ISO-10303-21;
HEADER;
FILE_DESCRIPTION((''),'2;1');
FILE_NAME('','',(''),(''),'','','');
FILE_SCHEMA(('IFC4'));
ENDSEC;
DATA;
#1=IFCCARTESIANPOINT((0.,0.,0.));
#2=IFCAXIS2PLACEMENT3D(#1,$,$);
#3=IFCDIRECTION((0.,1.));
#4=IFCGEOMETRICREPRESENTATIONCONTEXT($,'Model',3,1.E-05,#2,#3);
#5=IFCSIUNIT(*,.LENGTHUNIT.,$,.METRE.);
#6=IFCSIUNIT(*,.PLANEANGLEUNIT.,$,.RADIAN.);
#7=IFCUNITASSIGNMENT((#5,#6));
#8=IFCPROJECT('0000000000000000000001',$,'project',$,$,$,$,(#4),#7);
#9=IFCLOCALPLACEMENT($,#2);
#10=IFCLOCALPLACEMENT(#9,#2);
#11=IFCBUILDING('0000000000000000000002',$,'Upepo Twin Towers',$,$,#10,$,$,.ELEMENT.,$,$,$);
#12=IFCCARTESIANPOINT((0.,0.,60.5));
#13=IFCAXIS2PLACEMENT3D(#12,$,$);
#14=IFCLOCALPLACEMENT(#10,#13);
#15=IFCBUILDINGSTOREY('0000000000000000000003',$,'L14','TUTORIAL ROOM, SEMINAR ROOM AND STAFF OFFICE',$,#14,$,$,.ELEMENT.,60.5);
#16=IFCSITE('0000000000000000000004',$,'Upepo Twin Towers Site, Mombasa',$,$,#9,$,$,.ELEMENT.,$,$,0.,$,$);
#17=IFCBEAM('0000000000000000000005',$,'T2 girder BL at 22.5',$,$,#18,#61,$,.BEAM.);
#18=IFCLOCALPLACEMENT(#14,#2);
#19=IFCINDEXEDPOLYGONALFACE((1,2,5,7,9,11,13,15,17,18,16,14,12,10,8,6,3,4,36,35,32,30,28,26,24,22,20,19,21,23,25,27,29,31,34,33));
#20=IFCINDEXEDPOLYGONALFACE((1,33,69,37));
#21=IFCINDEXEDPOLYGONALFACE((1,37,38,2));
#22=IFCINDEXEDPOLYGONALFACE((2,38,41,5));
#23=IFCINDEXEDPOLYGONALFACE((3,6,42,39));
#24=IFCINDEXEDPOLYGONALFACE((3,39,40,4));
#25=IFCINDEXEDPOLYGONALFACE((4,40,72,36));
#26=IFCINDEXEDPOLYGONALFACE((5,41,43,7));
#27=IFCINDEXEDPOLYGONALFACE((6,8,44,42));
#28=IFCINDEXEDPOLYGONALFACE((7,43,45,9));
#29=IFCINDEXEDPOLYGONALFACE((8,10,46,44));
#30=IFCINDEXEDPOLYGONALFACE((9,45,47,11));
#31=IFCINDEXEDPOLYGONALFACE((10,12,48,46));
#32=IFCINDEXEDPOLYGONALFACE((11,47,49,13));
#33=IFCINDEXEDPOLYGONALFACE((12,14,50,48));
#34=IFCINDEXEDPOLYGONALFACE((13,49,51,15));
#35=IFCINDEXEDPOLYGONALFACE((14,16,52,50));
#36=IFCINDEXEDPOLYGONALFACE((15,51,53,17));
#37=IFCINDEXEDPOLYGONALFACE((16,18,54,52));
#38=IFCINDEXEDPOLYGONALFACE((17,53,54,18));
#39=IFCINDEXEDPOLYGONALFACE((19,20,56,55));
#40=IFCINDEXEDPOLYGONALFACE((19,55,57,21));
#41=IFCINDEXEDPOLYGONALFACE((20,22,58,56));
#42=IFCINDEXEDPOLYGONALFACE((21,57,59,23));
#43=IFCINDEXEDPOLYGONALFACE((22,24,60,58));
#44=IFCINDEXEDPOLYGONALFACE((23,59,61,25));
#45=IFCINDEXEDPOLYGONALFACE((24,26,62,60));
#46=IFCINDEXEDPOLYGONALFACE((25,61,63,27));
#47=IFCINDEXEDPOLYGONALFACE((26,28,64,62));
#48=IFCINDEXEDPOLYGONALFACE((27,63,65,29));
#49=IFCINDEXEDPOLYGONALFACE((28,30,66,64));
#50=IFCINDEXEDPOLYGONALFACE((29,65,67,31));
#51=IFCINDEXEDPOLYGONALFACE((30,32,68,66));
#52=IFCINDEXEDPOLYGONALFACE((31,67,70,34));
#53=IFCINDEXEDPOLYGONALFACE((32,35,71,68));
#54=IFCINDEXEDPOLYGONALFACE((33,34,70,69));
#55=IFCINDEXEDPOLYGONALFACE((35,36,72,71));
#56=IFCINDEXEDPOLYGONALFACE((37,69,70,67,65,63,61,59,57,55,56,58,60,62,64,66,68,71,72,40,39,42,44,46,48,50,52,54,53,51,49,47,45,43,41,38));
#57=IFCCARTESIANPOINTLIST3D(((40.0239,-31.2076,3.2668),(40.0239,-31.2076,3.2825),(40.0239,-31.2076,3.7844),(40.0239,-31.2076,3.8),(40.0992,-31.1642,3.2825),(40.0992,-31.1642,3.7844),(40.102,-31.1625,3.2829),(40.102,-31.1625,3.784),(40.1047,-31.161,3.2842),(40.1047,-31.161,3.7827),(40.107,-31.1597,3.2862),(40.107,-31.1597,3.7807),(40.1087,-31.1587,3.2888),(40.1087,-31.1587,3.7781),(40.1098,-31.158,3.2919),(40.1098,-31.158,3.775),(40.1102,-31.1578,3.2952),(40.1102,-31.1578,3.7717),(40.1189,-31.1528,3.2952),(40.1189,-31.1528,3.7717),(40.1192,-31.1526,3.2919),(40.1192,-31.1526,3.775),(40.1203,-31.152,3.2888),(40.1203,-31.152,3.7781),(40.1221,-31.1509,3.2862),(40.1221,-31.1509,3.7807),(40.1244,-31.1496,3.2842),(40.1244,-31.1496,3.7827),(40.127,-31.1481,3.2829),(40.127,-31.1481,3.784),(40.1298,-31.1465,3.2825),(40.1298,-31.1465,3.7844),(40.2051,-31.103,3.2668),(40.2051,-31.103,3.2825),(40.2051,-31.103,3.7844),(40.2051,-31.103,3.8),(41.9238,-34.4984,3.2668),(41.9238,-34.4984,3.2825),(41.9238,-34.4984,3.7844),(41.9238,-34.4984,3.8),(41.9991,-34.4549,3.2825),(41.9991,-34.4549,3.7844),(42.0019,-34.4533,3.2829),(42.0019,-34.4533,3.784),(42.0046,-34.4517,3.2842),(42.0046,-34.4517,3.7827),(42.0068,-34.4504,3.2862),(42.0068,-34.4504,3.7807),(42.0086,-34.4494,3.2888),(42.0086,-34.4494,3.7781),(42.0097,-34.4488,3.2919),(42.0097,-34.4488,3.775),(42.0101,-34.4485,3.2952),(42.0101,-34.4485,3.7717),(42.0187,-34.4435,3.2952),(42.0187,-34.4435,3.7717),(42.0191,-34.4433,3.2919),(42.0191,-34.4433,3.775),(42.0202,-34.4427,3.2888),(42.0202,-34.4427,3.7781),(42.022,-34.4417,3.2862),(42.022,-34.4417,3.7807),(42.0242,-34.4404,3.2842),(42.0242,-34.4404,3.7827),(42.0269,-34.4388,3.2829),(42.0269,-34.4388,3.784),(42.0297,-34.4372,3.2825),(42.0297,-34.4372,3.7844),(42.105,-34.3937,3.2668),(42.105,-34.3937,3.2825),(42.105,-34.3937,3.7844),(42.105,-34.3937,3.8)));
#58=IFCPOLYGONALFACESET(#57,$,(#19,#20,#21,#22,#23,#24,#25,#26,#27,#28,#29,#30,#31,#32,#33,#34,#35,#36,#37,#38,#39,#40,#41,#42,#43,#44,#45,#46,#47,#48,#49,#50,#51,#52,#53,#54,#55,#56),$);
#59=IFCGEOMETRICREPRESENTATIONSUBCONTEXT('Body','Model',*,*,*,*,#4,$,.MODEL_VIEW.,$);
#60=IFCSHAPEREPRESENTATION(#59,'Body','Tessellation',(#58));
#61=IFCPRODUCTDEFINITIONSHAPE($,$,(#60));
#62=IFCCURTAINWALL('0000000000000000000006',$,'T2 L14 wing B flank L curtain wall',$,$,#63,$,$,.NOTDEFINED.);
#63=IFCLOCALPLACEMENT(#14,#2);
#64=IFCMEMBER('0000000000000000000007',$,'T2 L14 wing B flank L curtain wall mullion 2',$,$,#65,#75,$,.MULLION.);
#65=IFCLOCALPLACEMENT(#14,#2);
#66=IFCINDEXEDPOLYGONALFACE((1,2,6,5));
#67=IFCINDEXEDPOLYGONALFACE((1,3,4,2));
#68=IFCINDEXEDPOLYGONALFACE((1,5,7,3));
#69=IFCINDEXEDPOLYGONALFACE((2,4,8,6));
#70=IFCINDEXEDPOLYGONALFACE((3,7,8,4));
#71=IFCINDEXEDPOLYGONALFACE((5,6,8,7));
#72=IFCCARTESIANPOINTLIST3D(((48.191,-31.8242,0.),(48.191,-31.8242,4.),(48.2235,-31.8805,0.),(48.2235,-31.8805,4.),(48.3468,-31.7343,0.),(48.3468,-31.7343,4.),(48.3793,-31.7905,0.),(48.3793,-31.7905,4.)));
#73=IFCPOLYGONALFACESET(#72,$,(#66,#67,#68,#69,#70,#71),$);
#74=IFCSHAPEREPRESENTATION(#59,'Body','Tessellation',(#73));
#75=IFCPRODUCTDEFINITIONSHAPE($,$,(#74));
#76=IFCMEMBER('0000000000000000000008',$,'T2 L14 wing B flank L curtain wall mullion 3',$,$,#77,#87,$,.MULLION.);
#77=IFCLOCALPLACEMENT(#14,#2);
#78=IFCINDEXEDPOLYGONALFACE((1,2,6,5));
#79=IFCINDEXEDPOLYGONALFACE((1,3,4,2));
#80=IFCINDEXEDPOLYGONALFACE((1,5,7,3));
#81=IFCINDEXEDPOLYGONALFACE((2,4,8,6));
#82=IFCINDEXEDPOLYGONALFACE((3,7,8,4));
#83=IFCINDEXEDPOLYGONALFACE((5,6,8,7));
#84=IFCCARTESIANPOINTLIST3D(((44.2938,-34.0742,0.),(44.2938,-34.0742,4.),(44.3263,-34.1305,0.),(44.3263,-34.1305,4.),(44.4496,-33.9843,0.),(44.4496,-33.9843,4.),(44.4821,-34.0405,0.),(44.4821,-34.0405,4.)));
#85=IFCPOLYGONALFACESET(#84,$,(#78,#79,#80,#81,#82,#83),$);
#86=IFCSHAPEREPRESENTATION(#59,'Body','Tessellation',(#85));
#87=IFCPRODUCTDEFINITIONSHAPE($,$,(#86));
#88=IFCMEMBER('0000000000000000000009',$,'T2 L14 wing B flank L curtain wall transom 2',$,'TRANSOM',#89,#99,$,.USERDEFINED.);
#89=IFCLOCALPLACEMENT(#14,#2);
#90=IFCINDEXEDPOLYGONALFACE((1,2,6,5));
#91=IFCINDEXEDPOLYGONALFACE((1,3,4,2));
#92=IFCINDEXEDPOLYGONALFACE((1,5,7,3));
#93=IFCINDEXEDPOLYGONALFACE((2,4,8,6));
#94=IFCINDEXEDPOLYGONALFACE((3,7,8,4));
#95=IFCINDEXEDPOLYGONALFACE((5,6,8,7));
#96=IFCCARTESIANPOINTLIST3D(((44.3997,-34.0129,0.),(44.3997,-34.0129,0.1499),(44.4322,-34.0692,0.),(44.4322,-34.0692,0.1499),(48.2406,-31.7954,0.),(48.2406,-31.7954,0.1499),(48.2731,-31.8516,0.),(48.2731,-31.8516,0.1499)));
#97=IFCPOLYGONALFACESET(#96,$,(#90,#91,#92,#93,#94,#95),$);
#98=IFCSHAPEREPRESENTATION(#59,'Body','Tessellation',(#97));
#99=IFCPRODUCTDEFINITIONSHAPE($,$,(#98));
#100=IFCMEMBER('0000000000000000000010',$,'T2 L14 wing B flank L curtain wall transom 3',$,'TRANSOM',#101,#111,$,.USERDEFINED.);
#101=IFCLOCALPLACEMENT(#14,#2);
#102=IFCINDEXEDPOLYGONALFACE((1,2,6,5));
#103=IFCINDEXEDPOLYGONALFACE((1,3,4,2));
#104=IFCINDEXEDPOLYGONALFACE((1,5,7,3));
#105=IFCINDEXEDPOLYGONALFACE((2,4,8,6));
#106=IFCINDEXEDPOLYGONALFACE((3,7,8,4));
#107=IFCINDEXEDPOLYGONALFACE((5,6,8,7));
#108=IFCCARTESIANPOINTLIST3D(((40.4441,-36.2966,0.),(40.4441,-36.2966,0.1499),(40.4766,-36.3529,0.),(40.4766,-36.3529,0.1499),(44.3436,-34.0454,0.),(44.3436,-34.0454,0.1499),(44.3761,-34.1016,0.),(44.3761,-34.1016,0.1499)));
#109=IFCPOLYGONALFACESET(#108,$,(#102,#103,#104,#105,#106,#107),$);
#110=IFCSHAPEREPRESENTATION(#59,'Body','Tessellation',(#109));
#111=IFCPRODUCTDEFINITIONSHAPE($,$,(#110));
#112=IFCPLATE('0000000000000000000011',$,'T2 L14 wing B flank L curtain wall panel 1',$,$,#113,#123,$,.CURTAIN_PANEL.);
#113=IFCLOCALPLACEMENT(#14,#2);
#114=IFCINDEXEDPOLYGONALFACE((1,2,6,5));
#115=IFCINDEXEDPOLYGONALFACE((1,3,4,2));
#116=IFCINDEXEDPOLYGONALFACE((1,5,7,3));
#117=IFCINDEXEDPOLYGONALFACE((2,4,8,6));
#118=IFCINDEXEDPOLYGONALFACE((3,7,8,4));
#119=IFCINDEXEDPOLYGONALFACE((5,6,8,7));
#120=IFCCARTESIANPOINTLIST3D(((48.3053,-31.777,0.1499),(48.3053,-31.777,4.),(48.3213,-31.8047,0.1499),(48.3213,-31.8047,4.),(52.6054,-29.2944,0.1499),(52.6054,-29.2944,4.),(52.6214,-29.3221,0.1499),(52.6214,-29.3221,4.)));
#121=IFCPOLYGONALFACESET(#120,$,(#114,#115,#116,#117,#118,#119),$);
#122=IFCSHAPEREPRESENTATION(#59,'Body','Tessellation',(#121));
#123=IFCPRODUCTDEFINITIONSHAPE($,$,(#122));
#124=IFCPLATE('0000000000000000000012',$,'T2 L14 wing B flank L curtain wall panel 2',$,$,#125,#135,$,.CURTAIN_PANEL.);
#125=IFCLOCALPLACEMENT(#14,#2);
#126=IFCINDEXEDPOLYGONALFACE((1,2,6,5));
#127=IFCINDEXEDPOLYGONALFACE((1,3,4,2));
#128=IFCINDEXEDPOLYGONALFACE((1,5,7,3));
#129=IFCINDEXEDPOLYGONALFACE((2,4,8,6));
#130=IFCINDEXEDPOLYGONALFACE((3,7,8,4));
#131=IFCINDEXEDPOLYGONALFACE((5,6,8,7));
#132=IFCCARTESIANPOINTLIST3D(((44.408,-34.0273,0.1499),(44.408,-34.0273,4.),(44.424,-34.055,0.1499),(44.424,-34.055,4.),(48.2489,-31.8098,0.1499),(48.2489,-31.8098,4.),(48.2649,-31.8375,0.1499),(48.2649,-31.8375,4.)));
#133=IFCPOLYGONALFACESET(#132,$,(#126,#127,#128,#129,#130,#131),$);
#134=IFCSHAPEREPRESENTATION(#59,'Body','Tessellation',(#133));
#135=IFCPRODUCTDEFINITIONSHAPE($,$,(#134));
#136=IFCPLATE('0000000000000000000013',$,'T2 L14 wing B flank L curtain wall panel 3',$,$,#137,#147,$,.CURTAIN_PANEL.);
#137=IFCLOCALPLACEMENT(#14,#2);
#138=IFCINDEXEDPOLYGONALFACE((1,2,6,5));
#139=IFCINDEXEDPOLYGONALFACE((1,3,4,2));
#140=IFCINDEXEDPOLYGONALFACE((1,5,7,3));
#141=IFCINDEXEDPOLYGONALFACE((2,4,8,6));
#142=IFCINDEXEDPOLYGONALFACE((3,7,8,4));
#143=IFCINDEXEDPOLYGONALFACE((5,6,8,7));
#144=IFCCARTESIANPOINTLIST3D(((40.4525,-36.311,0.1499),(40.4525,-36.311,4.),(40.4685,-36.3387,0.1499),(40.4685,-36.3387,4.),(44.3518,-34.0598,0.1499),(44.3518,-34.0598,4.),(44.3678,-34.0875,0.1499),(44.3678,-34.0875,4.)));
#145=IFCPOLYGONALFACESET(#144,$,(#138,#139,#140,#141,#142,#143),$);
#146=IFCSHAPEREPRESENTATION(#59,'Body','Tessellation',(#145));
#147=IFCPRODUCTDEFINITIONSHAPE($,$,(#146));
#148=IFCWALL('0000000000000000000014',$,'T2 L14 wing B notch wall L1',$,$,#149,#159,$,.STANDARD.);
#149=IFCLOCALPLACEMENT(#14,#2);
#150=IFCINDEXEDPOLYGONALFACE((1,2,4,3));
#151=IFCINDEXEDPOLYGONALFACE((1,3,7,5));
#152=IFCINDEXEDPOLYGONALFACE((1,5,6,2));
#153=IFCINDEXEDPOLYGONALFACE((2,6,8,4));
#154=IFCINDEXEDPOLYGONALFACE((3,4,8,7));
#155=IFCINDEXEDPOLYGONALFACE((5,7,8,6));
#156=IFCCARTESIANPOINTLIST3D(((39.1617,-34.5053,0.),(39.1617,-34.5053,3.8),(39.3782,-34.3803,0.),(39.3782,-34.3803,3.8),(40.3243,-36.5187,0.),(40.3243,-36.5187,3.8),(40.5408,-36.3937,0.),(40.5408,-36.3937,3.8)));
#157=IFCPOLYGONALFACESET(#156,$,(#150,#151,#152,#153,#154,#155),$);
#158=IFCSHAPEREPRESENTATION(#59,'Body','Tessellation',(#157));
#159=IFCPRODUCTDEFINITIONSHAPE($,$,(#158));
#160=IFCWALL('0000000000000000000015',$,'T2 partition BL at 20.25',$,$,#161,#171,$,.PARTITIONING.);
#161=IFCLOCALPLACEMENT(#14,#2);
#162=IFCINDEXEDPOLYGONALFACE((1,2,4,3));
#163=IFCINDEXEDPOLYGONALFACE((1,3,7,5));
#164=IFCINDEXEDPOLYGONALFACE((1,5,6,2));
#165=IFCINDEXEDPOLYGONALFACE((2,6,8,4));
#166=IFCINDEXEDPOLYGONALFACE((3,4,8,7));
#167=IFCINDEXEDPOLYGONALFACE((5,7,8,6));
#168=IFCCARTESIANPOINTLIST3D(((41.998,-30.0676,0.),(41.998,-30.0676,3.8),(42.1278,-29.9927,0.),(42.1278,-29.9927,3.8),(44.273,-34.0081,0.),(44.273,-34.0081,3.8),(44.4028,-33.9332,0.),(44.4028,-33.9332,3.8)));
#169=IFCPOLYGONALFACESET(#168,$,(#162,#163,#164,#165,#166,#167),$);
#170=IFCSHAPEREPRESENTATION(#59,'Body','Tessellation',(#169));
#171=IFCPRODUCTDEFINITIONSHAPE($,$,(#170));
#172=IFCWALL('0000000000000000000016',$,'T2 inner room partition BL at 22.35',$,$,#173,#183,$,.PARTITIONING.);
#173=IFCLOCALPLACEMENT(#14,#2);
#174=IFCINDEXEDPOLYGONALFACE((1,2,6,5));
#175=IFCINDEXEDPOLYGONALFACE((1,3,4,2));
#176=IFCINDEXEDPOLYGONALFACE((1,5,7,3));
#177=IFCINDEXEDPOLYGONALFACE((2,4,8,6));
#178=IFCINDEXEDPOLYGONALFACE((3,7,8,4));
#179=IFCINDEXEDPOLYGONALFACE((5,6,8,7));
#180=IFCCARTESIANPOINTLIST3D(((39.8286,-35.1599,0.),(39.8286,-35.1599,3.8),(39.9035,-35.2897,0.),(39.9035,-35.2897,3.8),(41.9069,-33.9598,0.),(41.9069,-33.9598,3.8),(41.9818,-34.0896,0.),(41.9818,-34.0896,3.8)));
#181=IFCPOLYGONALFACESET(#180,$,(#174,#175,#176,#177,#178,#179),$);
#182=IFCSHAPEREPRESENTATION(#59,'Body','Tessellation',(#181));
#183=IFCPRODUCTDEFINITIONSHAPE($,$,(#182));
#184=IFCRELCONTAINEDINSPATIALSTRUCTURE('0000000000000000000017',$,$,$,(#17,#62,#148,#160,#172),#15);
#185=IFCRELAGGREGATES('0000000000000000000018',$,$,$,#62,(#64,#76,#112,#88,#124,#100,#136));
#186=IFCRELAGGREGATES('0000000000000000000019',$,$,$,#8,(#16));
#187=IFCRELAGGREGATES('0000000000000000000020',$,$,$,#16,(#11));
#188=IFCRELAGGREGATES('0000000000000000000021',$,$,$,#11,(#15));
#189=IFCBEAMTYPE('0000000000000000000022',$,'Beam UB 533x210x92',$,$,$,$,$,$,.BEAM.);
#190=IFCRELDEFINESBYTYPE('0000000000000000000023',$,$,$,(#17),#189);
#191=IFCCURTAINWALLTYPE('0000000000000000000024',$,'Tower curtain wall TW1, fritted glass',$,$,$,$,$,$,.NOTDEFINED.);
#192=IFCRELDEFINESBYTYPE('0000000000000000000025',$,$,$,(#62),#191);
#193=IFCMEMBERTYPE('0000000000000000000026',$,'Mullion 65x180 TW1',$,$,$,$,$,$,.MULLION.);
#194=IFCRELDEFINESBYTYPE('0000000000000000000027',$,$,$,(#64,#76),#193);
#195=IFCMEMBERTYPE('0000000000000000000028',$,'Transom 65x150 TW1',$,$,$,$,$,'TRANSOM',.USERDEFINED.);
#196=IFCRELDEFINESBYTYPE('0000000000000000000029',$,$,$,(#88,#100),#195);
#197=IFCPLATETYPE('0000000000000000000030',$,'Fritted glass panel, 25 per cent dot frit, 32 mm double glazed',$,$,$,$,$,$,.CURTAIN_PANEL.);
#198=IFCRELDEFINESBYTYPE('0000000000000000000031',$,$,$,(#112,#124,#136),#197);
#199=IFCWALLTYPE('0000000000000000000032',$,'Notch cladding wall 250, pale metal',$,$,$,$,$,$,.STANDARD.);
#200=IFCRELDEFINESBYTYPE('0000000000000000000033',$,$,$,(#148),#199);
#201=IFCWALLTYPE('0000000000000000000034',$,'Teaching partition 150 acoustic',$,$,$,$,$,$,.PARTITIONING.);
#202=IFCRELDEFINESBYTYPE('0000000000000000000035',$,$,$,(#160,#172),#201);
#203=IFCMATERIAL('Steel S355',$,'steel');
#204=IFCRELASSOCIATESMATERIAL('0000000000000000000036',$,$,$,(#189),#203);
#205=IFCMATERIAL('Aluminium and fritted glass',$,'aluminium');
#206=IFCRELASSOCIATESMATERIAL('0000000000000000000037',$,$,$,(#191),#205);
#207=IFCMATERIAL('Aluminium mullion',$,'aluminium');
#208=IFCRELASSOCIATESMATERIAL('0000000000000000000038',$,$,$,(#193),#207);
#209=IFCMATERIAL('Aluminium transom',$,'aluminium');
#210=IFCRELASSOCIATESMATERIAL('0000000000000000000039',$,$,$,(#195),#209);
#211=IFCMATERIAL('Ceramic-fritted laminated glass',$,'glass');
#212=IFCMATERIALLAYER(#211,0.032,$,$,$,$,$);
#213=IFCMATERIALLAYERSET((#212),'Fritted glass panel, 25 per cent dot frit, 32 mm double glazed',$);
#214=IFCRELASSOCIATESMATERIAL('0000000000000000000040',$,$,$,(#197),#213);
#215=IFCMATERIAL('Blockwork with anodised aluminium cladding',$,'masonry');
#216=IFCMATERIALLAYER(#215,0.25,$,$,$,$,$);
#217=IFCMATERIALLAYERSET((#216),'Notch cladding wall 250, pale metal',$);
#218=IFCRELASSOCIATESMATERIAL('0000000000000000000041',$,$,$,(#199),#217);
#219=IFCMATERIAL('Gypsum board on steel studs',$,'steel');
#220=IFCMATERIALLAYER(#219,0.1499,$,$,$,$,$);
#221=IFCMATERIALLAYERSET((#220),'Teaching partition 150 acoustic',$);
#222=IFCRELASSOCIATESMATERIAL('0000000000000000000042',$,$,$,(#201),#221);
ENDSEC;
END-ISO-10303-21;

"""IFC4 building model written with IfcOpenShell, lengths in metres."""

from ifc_helpers import new_model, si_unit, direction, frame, frame_2d, origin, origin_2d, place, context, subcontext, project, spatial, rectangle, i_section, extrude, material, layer, layer_set, material_profile, profile_set, type_object, element, aggregate, save


model = new_model("IFC4")

# Units and contexts
model_context = context("Model", 3, precision=1e-05, world=origin(), true_north=direction((0.0, 1.0)))
body_context = subcontext(model_context, "Body", "Model", "MODEL_VIEW")
ifc_project = project(units=[si_unit("LENGTHUNIT", "METRE"), si_unit("PLANEANGLEUNIT", "RADIAN")], contexts=[model_context])

# Site, building, storey
site_placement = place(None, origin())
site = spatial("IfcSite", under=ifc_project, at=site_placement, Name="Upepo Twin Towers Site, Mombasa", CompositionType="ELEMENT", RefElevation=0.0)
building_placement = place(site_placement, origin())
building = spatial("IfcBuilding", under=site, at=building_placement, Name="Upepo Twin Towers", CompositionType="ELEMENT")
storey_placement = place(building_placement, frame((0.0, 0.0, 60.5)))
storey = spatial("IfcBuildingStorey", under=building, at=storey_placement, Name="L14", Description="TUTORIAL ROOM, SEMINAR ROOM AND STAFF OFFICE", CompositionType="ELEMENT", Elevation=60.5)

# Beam
ifc_material_1 = material(Name="Steel S355", Category="steel")
ifc_material_profile_1 = material_profile(ifc_material_1, i_section(OverallWidth=0.2092, OverallDepth=0.5332, WebThickness=0.01, FlangeThickness=0.0156, FilletRadius=0.0127, at=origin_2d()), Name="UB 533x210x92")
ifc_profile_set_1 = profile_set([ifc_material_profile_1], Name="Steel S355")
beam_type_1 = type_object("IfcBeamType", Name="Beam UB 533x210x92", PredefinedType="BEAM", material=ifc_profile_set_1)
beam_1_placement = place(storey_placement, frame((42.0144, -34.446, 3.5334), z_axis=(-0.499995, 0.866028, 0.0), x_axis=(-0.866028, -0.499995, 0.0)))
element("IfcBeam", 1, at=beam_1_placement, inside=storey, type_object=beam_type_1, Name="T2 girder BL at 22.5", PredefinedType="BEAM", context=body_context, shape_type="SweptSolid", body=[
    extrude(i_section(OverallWidth=0.2092, OverallDepth=0.5332, WebThickness=0.01, FlangeThickness=0.0156, FilletRadius=0.0127, at=origin_2d()), origin(), (0.0, 0.0, 1.0), 3.7998),
])

# Curtain wall, members, plates
ifc_material_2 = material(Name="Aluminium and fritted glass", Category="aluminium")
curtain_wall_type = type_object("IfcCurtainWallType", Name="Tower curtain wall TW1, fritted glass", PredefinedType="NOTDEFINED", material=ifc_material_2)
curtain_wall_placement = place(storey_placement, origin())
curtain_wall = element("IfcCurtainWall", 2, at=curtain_wall_placement, inside=storey, type_object=curtain_wall_type, Name="T2 L14 wing B flank L curtain wall", PredefinedType="NOTDEFINED")
ifc_material_3 = material(Name="Aluminium mullion", Category="aluminium")
ifc_material_profile_2 = material_profile(ifc_material_3, rectangle(XDim=0.0649, YDim=0.1799, at=origin_2d()), Name="MULLION 65x180")
ifc_profile_set_2 = profile_set([ifc_material_profile_2], Name="Aluminium mullion")
member_type_1 = type_object("IfcMemberType", Name="Mullion 65x180 TW1", PredefinedType="MULLION", material=ifc_profile_set_2)
member_1_placement = place(storey_placement, frame((48.2852, -31.8074, 0.0), z_axis=(0.0, 0.0, 1.0), x_axis=(0.5, -0.866025, 0.0)))
member_1 = element("IfcMember", 3, at=member_1_placement, type_object=member_type_1, Name="T2 L14 wing B flank L curtain wall mullion 2", PredefinedType="MULLION", context=body_context, shape_type="SweptSolid", body=[
    extrude(rectangle(XDim=0.0649, YDim=0.1799, at=origin_2d()), origin(), (0.0, 0.0, 1.0), 4.0),
])
member_2_placement = place(storey_placement, frame((44.3879, -34.0574, 0.0), z_axis=(0.0, 0.0, 1.0), x_axis=(0.5, -0.866025, 0.0)))
member_2 = element("IfcMember", 4, at=member_2_placement, type_object=member_type_1, Name="T2 L14 wing B flank L curtain wall mullion 3", PredefinedType="MULLION", context=body_context, shape_type="SweptSolid", body=[
    extrude(rectangle(XDim=0.0649, YDim=0.1799, at=origin_2d()), origin(), (0.0, 0.0, 1.0), 4.0),
])
ifc_material_4 = material(Name="Aluminium transom", Category="aluminium")
ifc_material_profile_3 = material_profile(ifc_material_4, rectangle(XDim=0.0649, YDim=0.1499, at=origin_2d()), Name="TRANSOM 65x150")
ifc_profile_set_3 = profile_set([ifc_material_profile_3], Name="Aluminium transom")
member_type_2 = type_object("IfcMemberType", Name="Transom 65x150 TW1", ElementType="TRANSOM", PredefinedType="USERDEFINED", material=ifc_profile_set_3)
member_3_placement = place(storey_placement, frame((48.2568, -31.8235, 0.075), z_axis=(-0.866022, -0.500005, 0.0), x_axis=(0.500005, -0.866022, 0.0)))
member_3 = element("IfcMember", 5, at=member_3_placement, type_object=member_type_2, Name="T2 L14 wing B flank L curtain wall transom 2", ObjectType="TRANSOM", PredefinedType="USERDEFINED", context=body_context, shape_type="SweptSolid", body=[
    extrude(rectangle(XDim=0.0649, YDim=0.1499, at=origin_2d()), origin(), (0.0, 0.0, 1.0), 4.4351),
])
member_4_placement = place(storey_placement, frame((44.3599, -34.0735, 0.075), z_axis=(-0.866036, -0.499982, 0.0), x_axis=(0.499982, -0.866036, 0.0)))
member_4 = element("IfcMember", 6, at=member_4_placement, type_object=member_type_2, Name="T2 L14 wing B flank L curtain wall transom 3", ObjectType="TRANSOM", PredefinedType="USERDEFINED", context=body_context, shape_type="SweptSolid", body=[
    extrude(rectangle(XDim=0.0649, YDim=0.1499, at=origin_2d()), origin(), (0.0, 0.0, 1.0), 4.5027),
])
ifc_material_5 = material(Name="Ceramic-fritted laminated glass", Category="glass")
ifc_layer_1 = layer(ifc_material_5, 0.032)
ifc_layer_set_1 = layer_set([ifc_layer_1], Name="Fritted glass panel, 25 per cent dot frit, 32 mm double glazed")
plate_type = type_object("IfcPlateType", Name="Fritted glass panel, 25 per cent dot frit, 32 mm double glazed", PredefinedType="CURTAIN_PANEL", material=ifc_layer_set_1)
plate_1_placement = place(storey_placement, frame((50.4634, -30.5496, 0.1499), z_axis=(0.0, 0.0, 1.0), x_axis=(-0.866025, -0.5, 0.0)))
plate_1 = element("IfcPlate", 7, at=plate_1_placement, type_object=plate_type, Name="T2 L14 wing B flank L curtain wall panel 1", PredefinedType="CURTAIN_PANEL", context=body_context, shape_type="SweptSolid", body=[
    extrude(rectangle(XDim=4.9653, YDim=0.032, at=origin_2d()), origin(), (0.0, 0.0, 1.0), 3.8501),
])
plate_2_placement = place(storey_placement, frame((46.3364, -32.9324, 0.1499), z_axis=(0.0, 0.0, 1.0), x_axis=(-0.866025, -0.5, 0.0)))
plate_2 = element("IfcPlate", 8, at=plate_2_placement, type_object=plate_type, Name="T2 L14 wing B flank L curtain wall panel 2", PredefinedType="CURTAIN_PANEL", context=body_context, shape_type="SweptSolid", body=[
    extrude(rectangle(XDim=4.4351, YDim=0.032, at=origin_2d()), origin(), (0.0, 0.0, 1.0), 3.8501),
])
plate_3_placement = place(storey_placement, frame((42.4102, -35.1992, 0.1499), z_axis=(0.0, 0.0, 1.0), x_axis=(-0.866025, -0.5, 0.0)))
plate_3 = element("IfcPlate", 9, at=plate_3_placement, type_object=plate_type, Name="T2 L14 wing B flank L curtain wall panel 3", PredefinedType="CURTAIN_PANEL", context=body_context, shape_type="SweptSolid", body=[
    extrude(rectangle(XDim=4.5024, YDim=0.032, at=origin_2d()), origin(), (0.0, 0.0, 1.0), 3.8501),
])
aggregate(curtain_wall, [member_1, member_2, plate_1, member_3, plate_2, member_4, plate_3])

# Walls
ifc_material_6 = material(Name="Blockwork with anodised aluminium cladding", Category="masonry")
ifc_layer_2 = layer(ifc_material_6, 0.25)
ifc_layer_set_2 = layer_set([ifc_layer_2], Name="Notch cladding wall 250, pale metal")
wall_type_1 = type_object("IfcWallType", Name="Notch cladding wall 250, pale metal", PredefinedType="STANDARD", material=ifc_layer_set_2)
wall_1_placement = place(storey_placement, frame((40.4326, -36.4563, 0.0), z_axis=(0.0, 0.0, 1.0), x_axis=(-0.500047, 0.865998, 0.0)))
element("IfcWall", 10, at=wall_1_placement, inside=storey, type_object=wall_type_1, Name="T2 L14 wing B notch wall L1", PredefinedType="STANDARD", context=body_context, shape_type="SweptSolid", body=[
    extrude(rectangle(XDim=2.325, YDim=0.25, at=frame_2d((1.1626, 0.0))), origin(), (0.0, 0.0, 1.0), 3.8),
])
ifc_material_7 = material(Name="Gypsum board on steel studs", Category="steel")
ifc_layer_3 = layer(ifc_material_7, 0.1499)
ifc_layer_set_3 = layer_set([ifc_layer_3], Name="Teaching partition 150 acoustic")
wall_type_2 = type_object("IfcWallType", Name="Teaching partition 150 acoustic", PredefinedType="PARTITIONING", material=ifc_layer_set_3)
wall_2_placement = place(storey_placement, frame((42.063, -30.0303, 0.0), z_axis=(0.0, 0.0, 1.0), x_axis=(0.499983, -0.866035, 0.0)))
element("IfcWall", 11, at=wall_2_placement, inside=storey, type_object=wall_type_2, Name="T2 partition BL at 20.25", PredefinedType="PARTITIONING", context=body_context, shape_type="SweptSolid", body=[
    extrude(rectangle(XDim=4.55, YDim=0.1499, at=frame_2d((2.2749, 0.0))), origin(), (0.0, 0.0, 1.0), 3.8),
])
wall_3_placement = place(storey_placement, frame((41.9443, -34.0247, 0.0), z_axis=(0.0, 0.0, 1.0), x_axis=(-0.865981, -0.500078, 0.0)))
element("IfcWall", 12, at=wall_3_placement, inside=storey, type_object=wall_type_2, Name="T2 inner room partition BL at 22.35", PredefinedType="PARTITIONING", context=body_context, shape_type="SweptSolid", body=[
    extrude(rectangle(XDim=2.3999, YDim=0.1499, at=frame_2d((1.2, 0.0))), origin(), (0.0, 0.0, 1.0), 3.8),
])

save(model, "model.ifc")
